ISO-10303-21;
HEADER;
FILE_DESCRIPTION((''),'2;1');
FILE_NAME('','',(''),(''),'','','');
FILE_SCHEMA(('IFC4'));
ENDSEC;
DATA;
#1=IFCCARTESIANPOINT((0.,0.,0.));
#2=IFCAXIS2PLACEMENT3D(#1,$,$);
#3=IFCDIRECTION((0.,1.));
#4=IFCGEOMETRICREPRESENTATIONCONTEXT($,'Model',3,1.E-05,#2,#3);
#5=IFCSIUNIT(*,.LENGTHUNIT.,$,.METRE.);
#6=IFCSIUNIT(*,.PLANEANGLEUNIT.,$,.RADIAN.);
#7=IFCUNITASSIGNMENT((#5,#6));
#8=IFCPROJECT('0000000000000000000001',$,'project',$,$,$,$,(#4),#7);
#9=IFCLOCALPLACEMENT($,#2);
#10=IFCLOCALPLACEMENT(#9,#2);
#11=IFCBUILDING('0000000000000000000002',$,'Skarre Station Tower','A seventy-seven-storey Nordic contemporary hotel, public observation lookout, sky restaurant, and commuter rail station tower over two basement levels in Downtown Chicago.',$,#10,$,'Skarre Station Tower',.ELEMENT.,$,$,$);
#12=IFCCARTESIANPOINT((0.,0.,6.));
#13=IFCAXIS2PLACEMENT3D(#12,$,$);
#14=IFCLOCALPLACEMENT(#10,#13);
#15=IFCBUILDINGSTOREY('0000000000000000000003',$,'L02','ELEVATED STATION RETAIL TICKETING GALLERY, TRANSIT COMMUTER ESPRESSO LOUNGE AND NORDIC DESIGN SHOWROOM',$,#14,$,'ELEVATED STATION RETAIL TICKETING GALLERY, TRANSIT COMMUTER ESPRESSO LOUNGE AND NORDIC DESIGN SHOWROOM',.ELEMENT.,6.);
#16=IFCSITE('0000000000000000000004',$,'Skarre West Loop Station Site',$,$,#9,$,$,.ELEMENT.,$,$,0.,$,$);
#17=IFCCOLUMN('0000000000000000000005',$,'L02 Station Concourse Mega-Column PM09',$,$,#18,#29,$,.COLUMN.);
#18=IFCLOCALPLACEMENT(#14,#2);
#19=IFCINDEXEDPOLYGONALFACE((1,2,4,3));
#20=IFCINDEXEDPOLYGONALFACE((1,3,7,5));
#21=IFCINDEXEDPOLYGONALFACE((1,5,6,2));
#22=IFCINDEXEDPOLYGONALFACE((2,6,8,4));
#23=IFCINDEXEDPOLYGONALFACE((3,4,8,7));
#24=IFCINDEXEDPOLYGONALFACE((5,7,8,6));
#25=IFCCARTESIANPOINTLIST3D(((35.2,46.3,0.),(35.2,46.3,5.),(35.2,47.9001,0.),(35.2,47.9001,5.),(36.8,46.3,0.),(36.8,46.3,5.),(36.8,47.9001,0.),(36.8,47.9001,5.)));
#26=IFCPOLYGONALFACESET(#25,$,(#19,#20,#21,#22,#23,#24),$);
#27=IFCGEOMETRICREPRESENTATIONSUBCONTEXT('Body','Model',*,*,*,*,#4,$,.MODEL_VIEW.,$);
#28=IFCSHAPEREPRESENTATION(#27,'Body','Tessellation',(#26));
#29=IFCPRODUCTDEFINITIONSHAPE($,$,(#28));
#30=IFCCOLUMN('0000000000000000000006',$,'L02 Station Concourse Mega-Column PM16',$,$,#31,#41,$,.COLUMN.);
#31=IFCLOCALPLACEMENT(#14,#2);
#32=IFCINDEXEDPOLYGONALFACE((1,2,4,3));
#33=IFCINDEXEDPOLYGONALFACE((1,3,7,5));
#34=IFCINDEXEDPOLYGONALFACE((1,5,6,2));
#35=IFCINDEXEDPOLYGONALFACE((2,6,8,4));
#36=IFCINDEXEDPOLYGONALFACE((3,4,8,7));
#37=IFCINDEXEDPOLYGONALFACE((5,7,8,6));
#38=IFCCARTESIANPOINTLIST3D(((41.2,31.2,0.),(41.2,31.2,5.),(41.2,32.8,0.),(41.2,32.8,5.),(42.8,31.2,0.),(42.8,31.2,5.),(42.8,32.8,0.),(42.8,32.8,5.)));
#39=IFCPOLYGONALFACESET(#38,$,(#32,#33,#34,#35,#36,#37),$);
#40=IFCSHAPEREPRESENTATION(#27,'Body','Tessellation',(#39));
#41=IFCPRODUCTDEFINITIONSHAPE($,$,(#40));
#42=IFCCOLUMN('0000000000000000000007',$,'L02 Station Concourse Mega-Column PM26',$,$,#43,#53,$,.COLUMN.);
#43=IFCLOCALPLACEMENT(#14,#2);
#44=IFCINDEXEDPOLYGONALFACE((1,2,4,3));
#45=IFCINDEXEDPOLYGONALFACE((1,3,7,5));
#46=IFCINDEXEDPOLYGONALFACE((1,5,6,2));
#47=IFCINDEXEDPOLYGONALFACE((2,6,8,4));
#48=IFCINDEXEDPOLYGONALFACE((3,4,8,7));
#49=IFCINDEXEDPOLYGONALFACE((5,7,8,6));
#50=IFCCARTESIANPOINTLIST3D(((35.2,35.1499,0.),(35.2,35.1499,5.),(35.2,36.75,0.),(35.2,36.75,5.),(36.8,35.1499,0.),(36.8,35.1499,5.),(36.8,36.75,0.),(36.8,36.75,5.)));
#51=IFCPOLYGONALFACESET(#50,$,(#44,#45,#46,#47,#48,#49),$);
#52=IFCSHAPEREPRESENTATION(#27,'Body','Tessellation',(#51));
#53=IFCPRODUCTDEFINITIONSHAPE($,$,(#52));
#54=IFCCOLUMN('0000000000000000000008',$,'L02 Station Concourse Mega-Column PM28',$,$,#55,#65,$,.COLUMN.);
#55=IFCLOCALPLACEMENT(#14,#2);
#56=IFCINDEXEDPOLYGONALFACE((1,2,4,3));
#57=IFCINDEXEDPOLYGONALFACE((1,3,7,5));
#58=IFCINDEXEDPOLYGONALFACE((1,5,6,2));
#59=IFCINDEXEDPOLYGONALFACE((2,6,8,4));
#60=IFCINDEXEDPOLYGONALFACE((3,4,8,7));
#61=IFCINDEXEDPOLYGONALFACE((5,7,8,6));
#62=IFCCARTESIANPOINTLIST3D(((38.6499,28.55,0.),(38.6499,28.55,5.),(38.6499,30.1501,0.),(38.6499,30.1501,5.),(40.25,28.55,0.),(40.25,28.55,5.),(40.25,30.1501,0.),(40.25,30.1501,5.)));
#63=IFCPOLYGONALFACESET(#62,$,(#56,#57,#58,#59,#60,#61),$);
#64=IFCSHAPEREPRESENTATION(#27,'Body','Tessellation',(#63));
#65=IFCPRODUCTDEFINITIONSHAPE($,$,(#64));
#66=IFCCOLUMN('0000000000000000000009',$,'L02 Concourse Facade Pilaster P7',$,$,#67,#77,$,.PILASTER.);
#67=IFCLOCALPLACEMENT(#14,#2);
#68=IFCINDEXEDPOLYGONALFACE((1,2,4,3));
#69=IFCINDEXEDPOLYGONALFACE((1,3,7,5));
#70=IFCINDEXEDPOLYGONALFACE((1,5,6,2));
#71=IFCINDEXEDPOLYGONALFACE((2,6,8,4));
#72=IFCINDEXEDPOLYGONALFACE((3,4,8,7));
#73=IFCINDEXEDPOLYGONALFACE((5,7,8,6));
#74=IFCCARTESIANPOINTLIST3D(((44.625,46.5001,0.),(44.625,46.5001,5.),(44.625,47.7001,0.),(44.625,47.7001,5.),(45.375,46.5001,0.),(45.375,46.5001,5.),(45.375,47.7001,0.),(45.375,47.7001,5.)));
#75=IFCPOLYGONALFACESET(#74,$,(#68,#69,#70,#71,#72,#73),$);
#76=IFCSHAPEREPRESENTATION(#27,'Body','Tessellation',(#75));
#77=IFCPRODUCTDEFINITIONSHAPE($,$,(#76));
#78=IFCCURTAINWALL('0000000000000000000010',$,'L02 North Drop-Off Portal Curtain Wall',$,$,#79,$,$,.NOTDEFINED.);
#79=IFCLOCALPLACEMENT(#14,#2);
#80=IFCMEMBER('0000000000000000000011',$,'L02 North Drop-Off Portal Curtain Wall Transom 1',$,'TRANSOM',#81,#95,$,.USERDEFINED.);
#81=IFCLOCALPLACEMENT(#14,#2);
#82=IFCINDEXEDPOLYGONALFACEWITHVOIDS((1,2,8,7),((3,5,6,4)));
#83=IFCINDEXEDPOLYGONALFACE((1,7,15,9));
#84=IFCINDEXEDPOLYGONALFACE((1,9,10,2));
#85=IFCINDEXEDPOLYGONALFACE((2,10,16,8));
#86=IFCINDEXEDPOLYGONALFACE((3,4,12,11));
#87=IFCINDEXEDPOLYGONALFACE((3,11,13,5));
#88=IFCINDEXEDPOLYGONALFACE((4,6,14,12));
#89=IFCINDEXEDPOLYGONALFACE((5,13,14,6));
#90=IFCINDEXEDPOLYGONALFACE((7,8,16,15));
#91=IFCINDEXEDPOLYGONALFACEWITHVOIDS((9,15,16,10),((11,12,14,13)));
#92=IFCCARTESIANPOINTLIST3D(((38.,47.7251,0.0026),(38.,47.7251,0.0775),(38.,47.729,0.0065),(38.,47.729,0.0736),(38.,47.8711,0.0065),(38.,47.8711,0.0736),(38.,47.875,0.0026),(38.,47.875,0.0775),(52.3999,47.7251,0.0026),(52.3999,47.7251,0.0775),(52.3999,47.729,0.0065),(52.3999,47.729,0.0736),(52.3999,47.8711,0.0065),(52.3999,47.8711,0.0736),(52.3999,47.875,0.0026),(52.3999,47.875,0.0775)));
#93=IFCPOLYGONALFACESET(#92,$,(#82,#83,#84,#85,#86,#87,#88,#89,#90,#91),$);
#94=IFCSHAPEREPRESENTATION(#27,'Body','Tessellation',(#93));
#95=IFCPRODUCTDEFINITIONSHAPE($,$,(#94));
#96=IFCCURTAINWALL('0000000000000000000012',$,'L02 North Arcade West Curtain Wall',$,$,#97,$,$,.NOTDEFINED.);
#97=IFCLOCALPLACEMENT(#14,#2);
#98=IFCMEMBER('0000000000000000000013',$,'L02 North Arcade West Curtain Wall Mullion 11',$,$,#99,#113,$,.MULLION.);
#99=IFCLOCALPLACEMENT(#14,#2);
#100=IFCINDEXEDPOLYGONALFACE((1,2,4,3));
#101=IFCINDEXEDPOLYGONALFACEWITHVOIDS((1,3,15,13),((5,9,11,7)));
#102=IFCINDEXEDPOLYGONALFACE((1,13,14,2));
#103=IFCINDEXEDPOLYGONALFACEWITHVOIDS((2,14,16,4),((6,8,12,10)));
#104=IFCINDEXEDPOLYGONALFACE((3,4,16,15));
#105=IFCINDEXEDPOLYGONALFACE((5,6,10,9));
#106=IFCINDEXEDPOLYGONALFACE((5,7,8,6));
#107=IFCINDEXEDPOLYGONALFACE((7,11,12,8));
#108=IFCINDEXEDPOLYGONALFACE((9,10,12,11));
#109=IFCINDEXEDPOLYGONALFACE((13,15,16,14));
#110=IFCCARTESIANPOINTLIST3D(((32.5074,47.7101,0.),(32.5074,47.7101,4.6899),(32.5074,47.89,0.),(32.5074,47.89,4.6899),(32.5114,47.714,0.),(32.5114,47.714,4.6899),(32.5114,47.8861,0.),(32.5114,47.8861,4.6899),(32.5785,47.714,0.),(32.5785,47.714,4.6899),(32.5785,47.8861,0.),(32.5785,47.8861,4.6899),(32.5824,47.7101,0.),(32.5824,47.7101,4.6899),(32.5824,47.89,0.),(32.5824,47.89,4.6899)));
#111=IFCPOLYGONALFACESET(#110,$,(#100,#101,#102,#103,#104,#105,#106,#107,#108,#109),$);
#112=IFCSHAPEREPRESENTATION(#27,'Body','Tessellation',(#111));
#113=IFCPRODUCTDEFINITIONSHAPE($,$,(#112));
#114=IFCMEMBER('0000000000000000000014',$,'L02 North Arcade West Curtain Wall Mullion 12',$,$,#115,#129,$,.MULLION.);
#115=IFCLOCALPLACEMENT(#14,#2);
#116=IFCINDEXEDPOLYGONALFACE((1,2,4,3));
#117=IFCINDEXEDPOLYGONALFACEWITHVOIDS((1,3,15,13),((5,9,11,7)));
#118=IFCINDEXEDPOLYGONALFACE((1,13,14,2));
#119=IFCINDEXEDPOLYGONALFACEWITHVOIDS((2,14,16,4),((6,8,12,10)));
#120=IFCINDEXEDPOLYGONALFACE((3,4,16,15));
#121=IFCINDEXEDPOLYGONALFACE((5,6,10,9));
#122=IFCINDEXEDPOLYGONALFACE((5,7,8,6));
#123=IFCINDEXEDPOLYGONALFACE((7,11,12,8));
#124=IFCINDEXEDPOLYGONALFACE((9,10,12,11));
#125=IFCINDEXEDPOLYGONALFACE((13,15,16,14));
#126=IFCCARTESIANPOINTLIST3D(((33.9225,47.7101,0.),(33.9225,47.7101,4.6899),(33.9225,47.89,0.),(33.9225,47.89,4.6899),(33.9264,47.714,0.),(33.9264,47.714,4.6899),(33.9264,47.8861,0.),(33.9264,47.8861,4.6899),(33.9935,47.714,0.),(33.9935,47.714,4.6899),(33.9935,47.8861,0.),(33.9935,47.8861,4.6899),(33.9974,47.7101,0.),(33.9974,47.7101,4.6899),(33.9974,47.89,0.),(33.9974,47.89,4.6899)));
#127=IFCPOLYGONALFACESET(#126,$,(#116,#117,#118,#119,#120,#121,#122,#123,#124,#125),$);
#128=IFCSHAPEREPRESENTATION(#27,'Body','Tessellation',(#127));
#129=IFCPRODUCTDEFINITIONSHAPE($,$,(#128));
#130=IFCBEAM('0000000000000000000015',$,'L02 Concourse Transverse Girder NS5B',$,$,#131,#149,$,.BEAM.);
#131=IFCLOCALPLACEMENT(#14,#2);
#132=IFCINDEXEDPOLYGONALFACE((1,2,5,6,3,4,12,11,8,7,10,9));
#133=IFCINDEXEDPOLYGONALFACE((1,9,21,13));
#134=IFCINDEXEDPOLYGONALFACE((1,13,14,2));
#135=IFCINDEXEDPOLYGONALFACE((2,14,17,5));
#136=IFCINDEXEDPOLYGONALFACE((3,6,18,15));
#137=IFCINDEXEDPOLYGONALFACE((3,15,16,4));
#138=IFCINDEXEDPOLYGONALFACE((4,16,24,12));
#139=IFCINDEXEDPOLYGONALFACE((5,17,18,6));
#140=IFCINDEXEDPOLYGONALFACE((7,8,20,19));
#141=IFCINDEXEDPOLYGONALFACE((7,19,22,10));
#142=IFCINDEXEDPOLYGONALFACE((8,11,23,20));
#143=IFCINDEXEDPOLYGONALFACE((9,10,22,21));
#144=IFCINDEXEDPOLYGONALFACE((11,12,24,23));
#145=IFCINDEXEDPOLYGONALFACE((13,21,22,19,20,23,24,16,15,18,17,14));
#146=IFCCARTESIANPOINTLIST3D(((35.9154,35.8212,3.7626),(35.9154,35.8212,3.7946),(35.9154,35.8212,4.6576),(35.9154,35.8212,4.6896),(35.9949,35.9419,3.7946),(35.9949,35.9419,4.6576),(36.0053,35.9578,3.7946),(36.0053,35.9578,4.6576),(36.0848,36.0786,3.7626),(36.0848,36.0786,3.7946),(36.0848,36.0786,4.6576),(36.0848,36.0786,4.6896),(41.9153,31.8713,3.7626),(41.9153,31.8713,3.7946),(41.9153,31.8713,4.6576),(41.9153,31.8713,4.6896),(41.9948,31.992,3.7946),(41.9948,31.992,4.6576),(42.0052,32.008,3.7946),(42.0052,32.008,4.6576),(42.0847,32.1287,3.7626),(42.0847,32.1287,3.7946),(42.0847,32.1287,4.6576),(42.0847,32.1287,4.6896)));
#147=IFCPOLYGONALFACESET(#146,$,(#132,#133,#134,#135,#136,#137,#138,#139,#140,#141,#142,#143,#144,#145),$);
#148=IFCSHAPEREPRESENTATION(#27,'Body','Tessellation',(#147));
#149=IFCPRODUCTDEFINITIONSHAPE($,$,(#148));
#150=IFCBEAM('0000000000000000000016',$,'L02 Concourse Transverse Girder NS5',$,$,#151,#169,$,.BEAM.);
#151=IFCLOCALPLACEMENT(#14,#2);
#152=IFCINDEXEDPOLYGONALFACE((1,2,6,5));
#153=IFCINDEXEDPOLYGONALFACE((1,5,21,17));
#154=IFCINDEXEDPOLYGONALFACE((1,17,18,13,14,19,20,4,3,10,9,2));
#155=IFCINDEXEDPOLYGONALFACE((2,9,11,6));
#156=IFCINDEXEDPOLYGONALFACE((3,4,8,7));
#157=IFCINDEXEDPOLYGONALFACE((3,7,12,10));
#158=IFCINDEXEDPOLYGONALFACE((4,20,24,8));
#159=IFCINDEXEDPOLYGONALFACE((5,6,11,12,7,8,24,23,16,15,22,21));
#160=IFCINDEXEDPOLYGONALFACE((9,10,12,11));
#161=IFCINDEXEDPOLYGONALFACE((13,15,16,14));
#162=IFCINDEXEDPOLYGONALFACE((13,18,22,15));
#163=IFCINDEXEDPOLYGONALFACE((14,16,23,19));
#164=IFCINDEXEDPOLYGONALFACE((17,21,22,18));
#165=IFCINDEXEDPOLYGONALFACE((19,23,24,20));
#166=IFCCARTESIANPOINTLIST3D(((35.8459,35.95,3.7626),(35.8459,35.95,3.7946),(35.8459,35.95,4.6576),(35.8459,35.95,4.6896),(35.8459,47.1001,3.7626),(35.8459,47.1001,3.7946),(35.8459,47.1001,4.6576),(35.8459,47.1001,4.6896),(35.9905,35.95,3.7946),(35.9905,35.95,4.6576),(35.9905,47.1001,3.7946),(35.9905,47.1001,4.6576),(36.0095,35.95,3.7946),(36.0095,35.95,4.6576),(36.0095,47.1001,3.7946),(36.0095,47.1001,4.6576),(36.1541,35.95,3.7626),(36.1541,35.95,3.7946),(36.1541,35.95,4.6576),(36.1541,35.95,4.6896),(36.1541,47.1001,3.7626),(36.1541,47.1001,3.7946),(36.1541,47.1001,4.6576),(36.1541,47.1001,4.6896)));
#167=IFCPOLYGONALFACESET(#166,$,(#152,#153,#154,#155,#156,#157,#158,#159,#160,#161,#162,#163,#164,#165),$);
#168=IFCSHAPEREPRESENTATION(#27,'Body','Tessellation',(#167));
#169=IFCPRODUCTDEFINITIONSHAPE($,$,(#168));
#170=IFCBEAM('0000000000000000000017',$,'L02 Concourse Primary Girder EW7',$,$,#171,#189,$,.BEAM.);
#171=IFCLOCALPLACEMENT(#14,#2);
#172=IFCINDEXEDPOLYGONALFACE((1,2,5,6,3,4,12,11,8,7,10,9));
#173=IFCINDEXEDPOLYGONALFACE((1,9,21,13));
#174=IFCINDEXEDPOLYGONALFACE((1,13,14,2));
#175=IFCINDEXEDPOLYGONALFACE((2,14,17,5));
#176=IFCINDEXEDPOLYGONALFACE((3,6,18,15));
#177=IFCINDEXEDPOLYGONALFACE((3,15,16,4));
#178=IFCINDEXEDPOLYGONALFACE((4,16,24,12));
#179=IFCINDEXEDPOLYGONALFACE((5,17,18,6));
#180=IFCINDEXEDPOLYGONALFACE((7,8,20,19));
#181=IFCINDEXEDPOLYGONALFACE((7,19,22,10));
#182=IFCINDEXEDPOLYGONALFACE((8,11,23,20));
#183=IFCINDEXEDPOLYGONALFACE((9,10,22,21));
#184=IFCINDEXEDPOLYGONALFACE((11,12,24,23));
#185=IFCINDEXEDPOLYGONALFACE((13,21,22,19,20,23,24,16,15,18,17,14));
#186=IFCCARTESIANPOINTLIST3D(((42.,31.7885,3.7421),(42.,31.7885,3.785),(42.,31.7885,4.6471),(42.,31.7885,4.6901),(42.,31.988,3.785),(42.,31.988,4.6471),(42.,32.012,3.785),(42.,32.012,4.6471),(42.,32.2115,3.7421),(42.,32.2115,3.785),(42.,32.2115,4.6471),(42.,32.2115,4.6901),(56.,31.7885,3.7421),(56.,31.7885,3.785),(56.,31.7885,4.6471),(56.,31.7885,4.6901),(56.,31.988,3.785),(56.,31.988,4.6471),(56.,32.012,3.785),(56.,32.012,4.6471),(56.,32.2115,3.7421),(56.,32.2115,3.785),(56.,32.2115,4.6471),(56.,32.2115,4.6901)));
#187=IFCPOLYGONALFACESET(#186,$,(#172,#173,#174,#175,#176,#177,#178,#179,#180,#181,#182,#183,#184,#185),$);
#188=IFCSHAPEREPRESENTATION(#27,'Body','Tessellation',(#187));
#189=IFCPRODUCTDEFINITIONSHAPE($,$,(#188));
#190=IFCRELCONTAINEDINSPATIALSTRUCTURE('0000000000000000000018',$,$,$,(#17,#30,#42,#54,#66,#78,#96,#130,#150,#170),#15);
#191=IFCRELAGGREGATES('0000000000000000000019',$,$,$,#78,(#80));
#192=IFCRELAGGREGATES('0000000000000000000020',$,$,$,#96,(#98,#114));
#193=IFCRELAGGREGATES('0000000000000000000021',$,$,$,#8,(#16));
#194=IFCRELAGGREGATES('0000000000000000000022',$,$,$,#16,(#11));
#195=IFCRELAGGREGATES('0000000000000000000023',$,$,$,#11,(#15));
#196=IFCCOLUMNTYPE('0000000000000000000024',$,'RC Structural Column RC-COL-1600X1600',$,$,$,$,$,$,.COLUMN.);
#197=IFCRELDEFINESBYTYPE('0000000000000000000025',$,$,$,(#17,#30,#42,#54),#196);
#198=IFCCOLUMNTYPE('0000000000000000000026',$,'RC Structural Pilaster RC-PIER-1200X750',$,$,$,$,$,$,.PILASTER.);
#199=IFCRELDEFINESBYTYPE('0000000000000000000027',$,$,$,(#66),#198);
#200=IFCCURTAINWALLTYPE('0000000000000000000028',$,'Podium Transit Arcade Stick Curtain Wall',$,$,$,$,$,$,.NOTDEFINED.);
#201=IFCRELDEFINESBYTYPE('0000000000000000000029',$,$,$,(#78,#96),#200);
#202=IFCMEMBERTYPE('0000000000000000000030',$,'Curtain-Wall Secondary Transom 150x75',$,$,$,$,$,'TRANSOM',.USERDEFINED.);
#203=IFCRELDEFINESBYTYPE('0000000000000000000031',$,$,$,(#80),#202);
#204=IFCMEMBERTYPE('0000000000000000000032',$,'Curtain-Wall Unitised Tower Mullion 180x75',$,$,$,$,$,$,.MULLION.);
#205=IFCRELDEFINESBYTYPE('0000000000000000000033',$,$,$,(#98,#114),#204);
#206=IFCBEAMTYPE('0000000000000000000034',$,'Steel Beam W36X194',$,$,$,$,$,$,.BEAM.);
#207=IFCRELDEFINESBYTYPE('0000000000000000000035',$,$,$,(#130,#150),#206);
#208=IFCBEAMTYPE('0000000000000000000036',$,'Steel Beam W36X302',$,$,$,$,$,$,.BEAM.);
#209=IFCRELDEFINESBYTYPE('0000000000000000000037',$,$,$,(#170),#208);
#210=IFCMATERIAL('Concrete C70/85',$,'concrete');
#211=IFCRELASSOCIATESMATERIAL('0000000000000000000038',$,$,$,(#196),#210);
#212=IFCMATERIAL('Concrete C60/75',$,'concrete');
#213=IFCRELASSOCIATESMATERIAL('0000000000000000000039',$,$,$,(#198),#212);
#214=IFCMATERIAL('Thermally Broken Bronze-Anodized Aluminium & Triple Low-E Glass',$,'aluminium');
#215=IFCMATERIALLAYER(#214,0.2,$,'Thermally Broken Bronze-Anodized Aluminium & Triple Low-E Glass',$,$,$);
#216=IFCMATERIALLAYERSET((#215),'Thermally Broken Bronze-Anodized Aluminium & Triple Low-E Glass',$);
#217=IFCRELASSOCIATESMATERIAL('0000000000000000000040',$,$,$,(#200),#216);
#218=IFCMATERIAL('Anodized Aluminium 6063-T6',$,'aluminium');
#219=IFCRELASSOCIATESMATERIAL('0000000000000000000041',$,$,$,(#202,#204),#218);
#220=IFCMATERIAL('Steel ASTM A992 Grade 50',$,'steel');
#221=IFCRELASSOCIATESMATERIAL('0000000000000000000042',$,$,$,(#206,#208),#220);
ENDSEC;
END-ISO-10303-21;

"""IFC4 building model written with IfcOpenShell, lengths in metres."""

from ifc_helpers import new_model, si_unit, direction, frame, origin, origin_2d, place, context, subcontext, project, spatial, rectangle, hollow_rectangle, i_section, extrude, material, layer, layer_set, material_profile, profile_set, type_object, element, aggregate, save


model = new_model("IFC4")

# Units and contexts
model_context = context("Model", 3, precision=1e-05, world=origin(), true_north=direction((0.0, 1.0)))
body_context = subcontext(model_context, "Body", "Model", "MODEL_VIEW")
ifc_project = project(units=[si_unit("LENGTHUNIT", "METRE"), si_unit("PLANEANGLEUNIT", "RADIAN")], contexts=[model_context])

# Site, building, storey
site_placement = place(None, origin())
site = spatial("IfcSite", under=ifc_project, at=site_placement, Name="Skarre West Loop Station Site", CompositionType="ELEMENT", RefElevation=0.0)
building_placement = place(site_placement, origin())
building = spatial("IfcBuilding", under=site, at=building_placement, Name="Skarre Station Tower", Description="A seventy-seven-storey Nordic contemporary hotel, public observation lookout, sky restaurant, and commuter rail station tower over two basement levels in Downtown Chicago.", LongName="Skarre Station Tower", CompositionType="ELEMENT")
storey_placement = place(building_placement, frame((0.0, 0.0, 6.0)))
storey = spatial("IfcBuildingStorey", under=building, at=storey_placement, Name="L02", Description="ELEVATED STATION RETAIL TICKETING GALLERY, TRANSIT COMMUTER ESPRESSO LOUNGE AND NORDIC DESIGN SHOWROOM", LongName="ELEVATED STATION RETAIL TICKETING GALLERY, TRANSIT COMMUTER ESPRESSO LOUNGE AND NORDIC DESIGN SHOWROOM", CompositionType="ELEMENT", Elevation=6.0)

# Columns
ifc_material_1 = material(Name="Concrete C70/85", Category="concrete")
ifc_material_profile_1 = material_profile(ifc_material_1, rectangle(XDim=1.6001, YDim=1.6001, at=origin_2d()), Name="Concrete C70/85")
ifc_profile_set_1 = profile_set([ifc_material_profile_1], Name="Concrete C70/85")
column_type_1 = type_object("IfcColumnType", Name="RC Structural Column RC-COL-1600X1600", PredefinedType="COLUMN", material=ifc_profile_set_1)
for number, where, z_axis, x_axis, name in (
    (1, (36.0, 47.1001, 0.0), (0.0, 0.0, 1.0), (1.0, 0.0, 0.0), "L02 Station Concourse Mega-Column PM09"),
    (2, (42.0, 32.0, 0.0), (0.0, 0.0, 1.0), (1.0, 0.0, 0.0), "L02 Station Concourse Mega-Column PM16"),
    (3, (36.0, 35.95, 0.0), (0.0, 0.0, 1.0), (1.0, 0.0, 0.0), "L02 Station Concourse Mega-Column PM26"),
    (4, (39.45, 29.3501, 0.0), (0.0, 0.0, 1.0), (1.0, 0.0, 0.0), "L02 Station Concourse Mega-Column PM28"),
):
    element("IfcColumn", number, at=place(storey_placement, frame(where, z_axis=z_axis, x_axis=x_axis)), inside=storey, type_object=column_type_1, Name=name, PredefinedType="COLUMN", context=body_context, shape_type="SweptSolid", body=[
        extrude(rectangle(XDim=1.6001, YDim=1.6001, at=origin_2d()), origin(), (0.0, 0.0, 1.0), 5.0),
    ])
ifc_material_2 = material(Name="Concrete C60/75", Category="concrete")
ifc_material_profile_2 = material_profile(ifc_material_2, rectangle(XDim=0.75, YDim=1.2, at=origin_2d()), Name="Concrete C60/75")
ifc_profile_set_2 = profile_set([ifc_material_profile_2], Name="Concrete C60/75")
column_type_2 = type_object("IfcColumnType", Name="RC Structural Pilaster RC-PIER-1200X750", PredefinedType="PILASTER", material=ifc_profile_set_2)
column_placement = place(storey_placement, frame((45.0, 47.1001, 0.0), z_axis=(0.0, 0.0, 1.0), x_axis=(1.0, 0.0, 0.0)))
element("IfcColumn", 5, at=column_placement, inside=storey, type_object=column_type_2, Name="L02 Concourse Facade Pilaster P7", PredefinedType="PILASTER", context=body_context, shape_type="SweptSolid", body=[
    extrude(rectangle(XDim=0.75, YDim=1.2, at=origin_2d()), origin(), (0.0, 0.0, 1.0), 5.0),
])

# Curtain wall, member
ifc_material_3 = material(Name="Thermally Broken Bronze-Anodized Aluminium & Triple Low-E Glass", Category="aluminium")
ifc_layer_1 = layer(ifc_material_3, 0.2, Name="Thermally Broken Bronze-Anodized Aluminium & Triple Low-E Glass")
ifc_layer_set_1 = layer_set([ifc_layer_1], Name="Thermally Broken Bronze-Anodized Aluminium & Triple Low-E Glass")
curtain_wall_type = type_object("IfcCurtainWallType", Name="Podium Transit Arcade Stick Curtain Wall", PredefinedType="NOTDEFINED", material=ifc_layer_set_1)
curtain_wall_1_placement = place(storey_placement, origin())
curtain_wall_1 = element("IfcCurtainWall", 6, at=curtain_wall_1_placement, inside=storey, type_object=curtain_wall_type, Name="L02 North Drop-Off Portal Curtain Wall", PredefinedType="NOTDEFINED")
ifc_material_4 = material(Name="Anodized Aluminium 6063-T6", Category="aluminium")
ifc_material_profile_3 = material_profile(ifc_material_4, hollow_rectangle(XDim=0.075, YDim=0.1499, WallThickness=0.0039, at=origin_2d()), Name="Anodized Aluminium 6063-T6")
ifc_profile_set_3 = profile_set([ifc_material_profile_3], Name="Anodized Aluminium 6063-T6")
member_type_1 = type_object("IfcMemberType", Name="Curtain-Wall Secondary Transom 150x75", ElementType="TRANSOM", PredefinedType="USERDEFINED", material=ifc_profile_set_3)
member_1_placement = place(storey_placement, frame((38.0, 47.8, 0.04), z_axis=(1.0, 0.0, 0.0), x_axis=(0.0, 0.0, 1.0)))
member_1 = element("IfcMember", 7, at=member_1_placement, type_object=member_type_1, Name="L02 North Drop-Off Portal Curtain Wall Transom 1", ObjectType="TRANSOM", PredefinedType="USERDEFINED", context=body_context, shape_type="SweptSolid", body=[
    extrude(hollow_rectangle(XDim=0.075, YDim=0.1499, WallThickness=0.0039, at=origin_2d()), origin(), (0.0, 0.0, 1.0), 14.3999),
])
aggregate(curtain_wall_1, [member_1])

# Curtain wall, members
curtain_wall_2_placement = place(storey_placement, origin())
curtain_wall_2 = element("IfcCurtainWall", 8, at=curtain_wall_2_placement, inside=storey, type_object=curtain_wall_type, Name="L02 North Arcade West Curtain Wall", PredefinedType="NOTDEFINED")
ifc_material_profile_4 = material_profile(ifc_material_4, hollow_rectangle(XDim=0.075, YDim=0.1799, WallThickness=0.0039, at=origin_2d()), Name="Anodized Aluminium 6063-T6")
ifc_profile_set_4 = profile_set([ifc_material_profile_4], Name="Anodized Aluminium 6063-T6")
member_type_2 = type_object("IfcMemberType", Name="Curtain-Wall Unitised Tower Mullion 180x75", PredefinedType="MULLION", material=ifc_profile_set_4)
member_2_placement = place(storey_placement, frame((32.5449, 47.8, 0.0), z_axis=(0.0, 0.0, 1.0), x_axis=(1.0, 0.0, 0.0)))
member_2 = element("IfcMember", 9, at=member_2_placement, type_object=member_type_2, Name="L02 North Arcade West Curtain Wall Mullion 11", PredefinedType="MULLION", context=body_context, shape_type="SweptSolid", body=[
    extrude(hollow_rectangle(XDim=0.075, YDim=0.1799, WallThickness=0.0039, at=origin_2d()), origin(), (0.0, 0.0, 1.0), 4.6899),
])
member_3_placement = place(storey_placement, frame((33.96, 47.8, 0.0), z_axis=(0.0, 0.0, 1.0), x_axis=(1.0, 0.0, 0.0)))
member_3 = element("IfcMember", 10, at=member_3_placement, type_object=member_type_2, Name="L02 North Arcade West Curtain Wall Mullion 12", PredefinedType="MULLION", context=body_context, shape_type="SweptSolid", body=[
    extrude(hollow_rectangle(XDim=0.075, YDim=0.1799, WallThickness=0.0039, at=origin_2d()), origin(), (0.0, 0.0, 1.0), 4.6899),
])

# Beams
ifc_material_5 = material(Name="Steel ASTM A992 Grade 50", Category="steel")
ifc_material_profile_5 = material_profile(ifc_material_5, i_section(OverallWidth=0.3081, OverallDepth=0.927, WebThickness=0.019, FlangeThickness=0.032, at=origin_2d()), Name="Steel ASTM A992 Grade 50")
ifc_profile_set_5 = profile_set([ifc_material_profile_5], Name="Steel ASTM A992 Grade 50")
beam_type_1 = type_object("IfcBeamType", Name="Steel Beam W36X194", PredefinedType="BEAM", material=ifc_profile_set_5)
beam_1_placement = place(storey_placement, frame((42.0, 32.0, 4.2261), z_axis=(-0.835252, 0.549867, 0.0), x_axis=(-0.549867, -0.835252, 0.0)))
element("IfcBeam", 11, at=beam_1_placement, inside=storey, type_object=beam_type_1, Name="L02 Concourse Transverse Girder NS5B", PredefinedType="BEAM", context=body_context, shape_type="SweptSolid", body=[
    extrude(i_section(OverallWidth=0.3081, OverallDepth=0.927, WebThickness=0.019, FlangeThickness=0.032, at=origin_2d()), origin(), (0.0, 0.0, 1.0), 7.1833),
])
beam_2_placement = place(storey_placement, frame((36.0, 35.95, 4.2261), z_axis=(0.0, 1.0, 0.0), x_axis=(-1.0, 0.0, 0.0)))
element("IfcBeam", 12, at=beam_2_placement, inside=storey, type_object=beam_type_1, Name="L02 Concourse Transverse Girder NS5", PredefinedType="BEAM", context=body_context, shape_type="SweptSolid", body=[
    extrude(i_section(OverallWidth=0.3081, OverallDepth=0.927, WebThickness=0.019, FlangeThickness=0.032, at=origin_2d()), origin(), (0.0, 0.0, 1.0), 11.1501),
])
ifc_material_profile_6 = material_profile(ifc_material_5, i_section(OverallWidth=0.4231, OverallDepth=0.948, WebThickness=0.0239, FlangeThickness=0.043, at=origin_2d()), Name="Steel ASTM A992 Grade 50")
ifc_profile_set_6 = profile_set([ifc_material_profile_6], Name="Steel ASTM A992 Grade 50")
beam_type_2 = type_object("IfcBeamType", Name="Steel Beam W36X302", PredefinedType="BEAM", material=ifc_profile_set_6)
beam_3_placement = place(storey_placement, frame((42.0, 32.0, 4.2161), z_axis=(1.0, 0.0, 0.0), x_axis=(0.0, 1.0, 0.0)))
element("IfcBeam", 13, at=beam_3_placement, inside=storey, type_object=beam_type_2, Name="L02 Concourse Primary Girder EW7", PredefinedType="BEAM", context=body_context, shape_type="SweptSolid", body=[
    extrude(i_section(OverallWidth=0.4231, OverallDepth=0.948, WebThickness=0.0239, FlangeThickness=0.043, at=origin_2d()), origin(), (0.0, 0.0, 1.0), 14.0),
])

aggregate(curtain_wall_2, [member_2, member_3])

save(model, "model.ifc")
